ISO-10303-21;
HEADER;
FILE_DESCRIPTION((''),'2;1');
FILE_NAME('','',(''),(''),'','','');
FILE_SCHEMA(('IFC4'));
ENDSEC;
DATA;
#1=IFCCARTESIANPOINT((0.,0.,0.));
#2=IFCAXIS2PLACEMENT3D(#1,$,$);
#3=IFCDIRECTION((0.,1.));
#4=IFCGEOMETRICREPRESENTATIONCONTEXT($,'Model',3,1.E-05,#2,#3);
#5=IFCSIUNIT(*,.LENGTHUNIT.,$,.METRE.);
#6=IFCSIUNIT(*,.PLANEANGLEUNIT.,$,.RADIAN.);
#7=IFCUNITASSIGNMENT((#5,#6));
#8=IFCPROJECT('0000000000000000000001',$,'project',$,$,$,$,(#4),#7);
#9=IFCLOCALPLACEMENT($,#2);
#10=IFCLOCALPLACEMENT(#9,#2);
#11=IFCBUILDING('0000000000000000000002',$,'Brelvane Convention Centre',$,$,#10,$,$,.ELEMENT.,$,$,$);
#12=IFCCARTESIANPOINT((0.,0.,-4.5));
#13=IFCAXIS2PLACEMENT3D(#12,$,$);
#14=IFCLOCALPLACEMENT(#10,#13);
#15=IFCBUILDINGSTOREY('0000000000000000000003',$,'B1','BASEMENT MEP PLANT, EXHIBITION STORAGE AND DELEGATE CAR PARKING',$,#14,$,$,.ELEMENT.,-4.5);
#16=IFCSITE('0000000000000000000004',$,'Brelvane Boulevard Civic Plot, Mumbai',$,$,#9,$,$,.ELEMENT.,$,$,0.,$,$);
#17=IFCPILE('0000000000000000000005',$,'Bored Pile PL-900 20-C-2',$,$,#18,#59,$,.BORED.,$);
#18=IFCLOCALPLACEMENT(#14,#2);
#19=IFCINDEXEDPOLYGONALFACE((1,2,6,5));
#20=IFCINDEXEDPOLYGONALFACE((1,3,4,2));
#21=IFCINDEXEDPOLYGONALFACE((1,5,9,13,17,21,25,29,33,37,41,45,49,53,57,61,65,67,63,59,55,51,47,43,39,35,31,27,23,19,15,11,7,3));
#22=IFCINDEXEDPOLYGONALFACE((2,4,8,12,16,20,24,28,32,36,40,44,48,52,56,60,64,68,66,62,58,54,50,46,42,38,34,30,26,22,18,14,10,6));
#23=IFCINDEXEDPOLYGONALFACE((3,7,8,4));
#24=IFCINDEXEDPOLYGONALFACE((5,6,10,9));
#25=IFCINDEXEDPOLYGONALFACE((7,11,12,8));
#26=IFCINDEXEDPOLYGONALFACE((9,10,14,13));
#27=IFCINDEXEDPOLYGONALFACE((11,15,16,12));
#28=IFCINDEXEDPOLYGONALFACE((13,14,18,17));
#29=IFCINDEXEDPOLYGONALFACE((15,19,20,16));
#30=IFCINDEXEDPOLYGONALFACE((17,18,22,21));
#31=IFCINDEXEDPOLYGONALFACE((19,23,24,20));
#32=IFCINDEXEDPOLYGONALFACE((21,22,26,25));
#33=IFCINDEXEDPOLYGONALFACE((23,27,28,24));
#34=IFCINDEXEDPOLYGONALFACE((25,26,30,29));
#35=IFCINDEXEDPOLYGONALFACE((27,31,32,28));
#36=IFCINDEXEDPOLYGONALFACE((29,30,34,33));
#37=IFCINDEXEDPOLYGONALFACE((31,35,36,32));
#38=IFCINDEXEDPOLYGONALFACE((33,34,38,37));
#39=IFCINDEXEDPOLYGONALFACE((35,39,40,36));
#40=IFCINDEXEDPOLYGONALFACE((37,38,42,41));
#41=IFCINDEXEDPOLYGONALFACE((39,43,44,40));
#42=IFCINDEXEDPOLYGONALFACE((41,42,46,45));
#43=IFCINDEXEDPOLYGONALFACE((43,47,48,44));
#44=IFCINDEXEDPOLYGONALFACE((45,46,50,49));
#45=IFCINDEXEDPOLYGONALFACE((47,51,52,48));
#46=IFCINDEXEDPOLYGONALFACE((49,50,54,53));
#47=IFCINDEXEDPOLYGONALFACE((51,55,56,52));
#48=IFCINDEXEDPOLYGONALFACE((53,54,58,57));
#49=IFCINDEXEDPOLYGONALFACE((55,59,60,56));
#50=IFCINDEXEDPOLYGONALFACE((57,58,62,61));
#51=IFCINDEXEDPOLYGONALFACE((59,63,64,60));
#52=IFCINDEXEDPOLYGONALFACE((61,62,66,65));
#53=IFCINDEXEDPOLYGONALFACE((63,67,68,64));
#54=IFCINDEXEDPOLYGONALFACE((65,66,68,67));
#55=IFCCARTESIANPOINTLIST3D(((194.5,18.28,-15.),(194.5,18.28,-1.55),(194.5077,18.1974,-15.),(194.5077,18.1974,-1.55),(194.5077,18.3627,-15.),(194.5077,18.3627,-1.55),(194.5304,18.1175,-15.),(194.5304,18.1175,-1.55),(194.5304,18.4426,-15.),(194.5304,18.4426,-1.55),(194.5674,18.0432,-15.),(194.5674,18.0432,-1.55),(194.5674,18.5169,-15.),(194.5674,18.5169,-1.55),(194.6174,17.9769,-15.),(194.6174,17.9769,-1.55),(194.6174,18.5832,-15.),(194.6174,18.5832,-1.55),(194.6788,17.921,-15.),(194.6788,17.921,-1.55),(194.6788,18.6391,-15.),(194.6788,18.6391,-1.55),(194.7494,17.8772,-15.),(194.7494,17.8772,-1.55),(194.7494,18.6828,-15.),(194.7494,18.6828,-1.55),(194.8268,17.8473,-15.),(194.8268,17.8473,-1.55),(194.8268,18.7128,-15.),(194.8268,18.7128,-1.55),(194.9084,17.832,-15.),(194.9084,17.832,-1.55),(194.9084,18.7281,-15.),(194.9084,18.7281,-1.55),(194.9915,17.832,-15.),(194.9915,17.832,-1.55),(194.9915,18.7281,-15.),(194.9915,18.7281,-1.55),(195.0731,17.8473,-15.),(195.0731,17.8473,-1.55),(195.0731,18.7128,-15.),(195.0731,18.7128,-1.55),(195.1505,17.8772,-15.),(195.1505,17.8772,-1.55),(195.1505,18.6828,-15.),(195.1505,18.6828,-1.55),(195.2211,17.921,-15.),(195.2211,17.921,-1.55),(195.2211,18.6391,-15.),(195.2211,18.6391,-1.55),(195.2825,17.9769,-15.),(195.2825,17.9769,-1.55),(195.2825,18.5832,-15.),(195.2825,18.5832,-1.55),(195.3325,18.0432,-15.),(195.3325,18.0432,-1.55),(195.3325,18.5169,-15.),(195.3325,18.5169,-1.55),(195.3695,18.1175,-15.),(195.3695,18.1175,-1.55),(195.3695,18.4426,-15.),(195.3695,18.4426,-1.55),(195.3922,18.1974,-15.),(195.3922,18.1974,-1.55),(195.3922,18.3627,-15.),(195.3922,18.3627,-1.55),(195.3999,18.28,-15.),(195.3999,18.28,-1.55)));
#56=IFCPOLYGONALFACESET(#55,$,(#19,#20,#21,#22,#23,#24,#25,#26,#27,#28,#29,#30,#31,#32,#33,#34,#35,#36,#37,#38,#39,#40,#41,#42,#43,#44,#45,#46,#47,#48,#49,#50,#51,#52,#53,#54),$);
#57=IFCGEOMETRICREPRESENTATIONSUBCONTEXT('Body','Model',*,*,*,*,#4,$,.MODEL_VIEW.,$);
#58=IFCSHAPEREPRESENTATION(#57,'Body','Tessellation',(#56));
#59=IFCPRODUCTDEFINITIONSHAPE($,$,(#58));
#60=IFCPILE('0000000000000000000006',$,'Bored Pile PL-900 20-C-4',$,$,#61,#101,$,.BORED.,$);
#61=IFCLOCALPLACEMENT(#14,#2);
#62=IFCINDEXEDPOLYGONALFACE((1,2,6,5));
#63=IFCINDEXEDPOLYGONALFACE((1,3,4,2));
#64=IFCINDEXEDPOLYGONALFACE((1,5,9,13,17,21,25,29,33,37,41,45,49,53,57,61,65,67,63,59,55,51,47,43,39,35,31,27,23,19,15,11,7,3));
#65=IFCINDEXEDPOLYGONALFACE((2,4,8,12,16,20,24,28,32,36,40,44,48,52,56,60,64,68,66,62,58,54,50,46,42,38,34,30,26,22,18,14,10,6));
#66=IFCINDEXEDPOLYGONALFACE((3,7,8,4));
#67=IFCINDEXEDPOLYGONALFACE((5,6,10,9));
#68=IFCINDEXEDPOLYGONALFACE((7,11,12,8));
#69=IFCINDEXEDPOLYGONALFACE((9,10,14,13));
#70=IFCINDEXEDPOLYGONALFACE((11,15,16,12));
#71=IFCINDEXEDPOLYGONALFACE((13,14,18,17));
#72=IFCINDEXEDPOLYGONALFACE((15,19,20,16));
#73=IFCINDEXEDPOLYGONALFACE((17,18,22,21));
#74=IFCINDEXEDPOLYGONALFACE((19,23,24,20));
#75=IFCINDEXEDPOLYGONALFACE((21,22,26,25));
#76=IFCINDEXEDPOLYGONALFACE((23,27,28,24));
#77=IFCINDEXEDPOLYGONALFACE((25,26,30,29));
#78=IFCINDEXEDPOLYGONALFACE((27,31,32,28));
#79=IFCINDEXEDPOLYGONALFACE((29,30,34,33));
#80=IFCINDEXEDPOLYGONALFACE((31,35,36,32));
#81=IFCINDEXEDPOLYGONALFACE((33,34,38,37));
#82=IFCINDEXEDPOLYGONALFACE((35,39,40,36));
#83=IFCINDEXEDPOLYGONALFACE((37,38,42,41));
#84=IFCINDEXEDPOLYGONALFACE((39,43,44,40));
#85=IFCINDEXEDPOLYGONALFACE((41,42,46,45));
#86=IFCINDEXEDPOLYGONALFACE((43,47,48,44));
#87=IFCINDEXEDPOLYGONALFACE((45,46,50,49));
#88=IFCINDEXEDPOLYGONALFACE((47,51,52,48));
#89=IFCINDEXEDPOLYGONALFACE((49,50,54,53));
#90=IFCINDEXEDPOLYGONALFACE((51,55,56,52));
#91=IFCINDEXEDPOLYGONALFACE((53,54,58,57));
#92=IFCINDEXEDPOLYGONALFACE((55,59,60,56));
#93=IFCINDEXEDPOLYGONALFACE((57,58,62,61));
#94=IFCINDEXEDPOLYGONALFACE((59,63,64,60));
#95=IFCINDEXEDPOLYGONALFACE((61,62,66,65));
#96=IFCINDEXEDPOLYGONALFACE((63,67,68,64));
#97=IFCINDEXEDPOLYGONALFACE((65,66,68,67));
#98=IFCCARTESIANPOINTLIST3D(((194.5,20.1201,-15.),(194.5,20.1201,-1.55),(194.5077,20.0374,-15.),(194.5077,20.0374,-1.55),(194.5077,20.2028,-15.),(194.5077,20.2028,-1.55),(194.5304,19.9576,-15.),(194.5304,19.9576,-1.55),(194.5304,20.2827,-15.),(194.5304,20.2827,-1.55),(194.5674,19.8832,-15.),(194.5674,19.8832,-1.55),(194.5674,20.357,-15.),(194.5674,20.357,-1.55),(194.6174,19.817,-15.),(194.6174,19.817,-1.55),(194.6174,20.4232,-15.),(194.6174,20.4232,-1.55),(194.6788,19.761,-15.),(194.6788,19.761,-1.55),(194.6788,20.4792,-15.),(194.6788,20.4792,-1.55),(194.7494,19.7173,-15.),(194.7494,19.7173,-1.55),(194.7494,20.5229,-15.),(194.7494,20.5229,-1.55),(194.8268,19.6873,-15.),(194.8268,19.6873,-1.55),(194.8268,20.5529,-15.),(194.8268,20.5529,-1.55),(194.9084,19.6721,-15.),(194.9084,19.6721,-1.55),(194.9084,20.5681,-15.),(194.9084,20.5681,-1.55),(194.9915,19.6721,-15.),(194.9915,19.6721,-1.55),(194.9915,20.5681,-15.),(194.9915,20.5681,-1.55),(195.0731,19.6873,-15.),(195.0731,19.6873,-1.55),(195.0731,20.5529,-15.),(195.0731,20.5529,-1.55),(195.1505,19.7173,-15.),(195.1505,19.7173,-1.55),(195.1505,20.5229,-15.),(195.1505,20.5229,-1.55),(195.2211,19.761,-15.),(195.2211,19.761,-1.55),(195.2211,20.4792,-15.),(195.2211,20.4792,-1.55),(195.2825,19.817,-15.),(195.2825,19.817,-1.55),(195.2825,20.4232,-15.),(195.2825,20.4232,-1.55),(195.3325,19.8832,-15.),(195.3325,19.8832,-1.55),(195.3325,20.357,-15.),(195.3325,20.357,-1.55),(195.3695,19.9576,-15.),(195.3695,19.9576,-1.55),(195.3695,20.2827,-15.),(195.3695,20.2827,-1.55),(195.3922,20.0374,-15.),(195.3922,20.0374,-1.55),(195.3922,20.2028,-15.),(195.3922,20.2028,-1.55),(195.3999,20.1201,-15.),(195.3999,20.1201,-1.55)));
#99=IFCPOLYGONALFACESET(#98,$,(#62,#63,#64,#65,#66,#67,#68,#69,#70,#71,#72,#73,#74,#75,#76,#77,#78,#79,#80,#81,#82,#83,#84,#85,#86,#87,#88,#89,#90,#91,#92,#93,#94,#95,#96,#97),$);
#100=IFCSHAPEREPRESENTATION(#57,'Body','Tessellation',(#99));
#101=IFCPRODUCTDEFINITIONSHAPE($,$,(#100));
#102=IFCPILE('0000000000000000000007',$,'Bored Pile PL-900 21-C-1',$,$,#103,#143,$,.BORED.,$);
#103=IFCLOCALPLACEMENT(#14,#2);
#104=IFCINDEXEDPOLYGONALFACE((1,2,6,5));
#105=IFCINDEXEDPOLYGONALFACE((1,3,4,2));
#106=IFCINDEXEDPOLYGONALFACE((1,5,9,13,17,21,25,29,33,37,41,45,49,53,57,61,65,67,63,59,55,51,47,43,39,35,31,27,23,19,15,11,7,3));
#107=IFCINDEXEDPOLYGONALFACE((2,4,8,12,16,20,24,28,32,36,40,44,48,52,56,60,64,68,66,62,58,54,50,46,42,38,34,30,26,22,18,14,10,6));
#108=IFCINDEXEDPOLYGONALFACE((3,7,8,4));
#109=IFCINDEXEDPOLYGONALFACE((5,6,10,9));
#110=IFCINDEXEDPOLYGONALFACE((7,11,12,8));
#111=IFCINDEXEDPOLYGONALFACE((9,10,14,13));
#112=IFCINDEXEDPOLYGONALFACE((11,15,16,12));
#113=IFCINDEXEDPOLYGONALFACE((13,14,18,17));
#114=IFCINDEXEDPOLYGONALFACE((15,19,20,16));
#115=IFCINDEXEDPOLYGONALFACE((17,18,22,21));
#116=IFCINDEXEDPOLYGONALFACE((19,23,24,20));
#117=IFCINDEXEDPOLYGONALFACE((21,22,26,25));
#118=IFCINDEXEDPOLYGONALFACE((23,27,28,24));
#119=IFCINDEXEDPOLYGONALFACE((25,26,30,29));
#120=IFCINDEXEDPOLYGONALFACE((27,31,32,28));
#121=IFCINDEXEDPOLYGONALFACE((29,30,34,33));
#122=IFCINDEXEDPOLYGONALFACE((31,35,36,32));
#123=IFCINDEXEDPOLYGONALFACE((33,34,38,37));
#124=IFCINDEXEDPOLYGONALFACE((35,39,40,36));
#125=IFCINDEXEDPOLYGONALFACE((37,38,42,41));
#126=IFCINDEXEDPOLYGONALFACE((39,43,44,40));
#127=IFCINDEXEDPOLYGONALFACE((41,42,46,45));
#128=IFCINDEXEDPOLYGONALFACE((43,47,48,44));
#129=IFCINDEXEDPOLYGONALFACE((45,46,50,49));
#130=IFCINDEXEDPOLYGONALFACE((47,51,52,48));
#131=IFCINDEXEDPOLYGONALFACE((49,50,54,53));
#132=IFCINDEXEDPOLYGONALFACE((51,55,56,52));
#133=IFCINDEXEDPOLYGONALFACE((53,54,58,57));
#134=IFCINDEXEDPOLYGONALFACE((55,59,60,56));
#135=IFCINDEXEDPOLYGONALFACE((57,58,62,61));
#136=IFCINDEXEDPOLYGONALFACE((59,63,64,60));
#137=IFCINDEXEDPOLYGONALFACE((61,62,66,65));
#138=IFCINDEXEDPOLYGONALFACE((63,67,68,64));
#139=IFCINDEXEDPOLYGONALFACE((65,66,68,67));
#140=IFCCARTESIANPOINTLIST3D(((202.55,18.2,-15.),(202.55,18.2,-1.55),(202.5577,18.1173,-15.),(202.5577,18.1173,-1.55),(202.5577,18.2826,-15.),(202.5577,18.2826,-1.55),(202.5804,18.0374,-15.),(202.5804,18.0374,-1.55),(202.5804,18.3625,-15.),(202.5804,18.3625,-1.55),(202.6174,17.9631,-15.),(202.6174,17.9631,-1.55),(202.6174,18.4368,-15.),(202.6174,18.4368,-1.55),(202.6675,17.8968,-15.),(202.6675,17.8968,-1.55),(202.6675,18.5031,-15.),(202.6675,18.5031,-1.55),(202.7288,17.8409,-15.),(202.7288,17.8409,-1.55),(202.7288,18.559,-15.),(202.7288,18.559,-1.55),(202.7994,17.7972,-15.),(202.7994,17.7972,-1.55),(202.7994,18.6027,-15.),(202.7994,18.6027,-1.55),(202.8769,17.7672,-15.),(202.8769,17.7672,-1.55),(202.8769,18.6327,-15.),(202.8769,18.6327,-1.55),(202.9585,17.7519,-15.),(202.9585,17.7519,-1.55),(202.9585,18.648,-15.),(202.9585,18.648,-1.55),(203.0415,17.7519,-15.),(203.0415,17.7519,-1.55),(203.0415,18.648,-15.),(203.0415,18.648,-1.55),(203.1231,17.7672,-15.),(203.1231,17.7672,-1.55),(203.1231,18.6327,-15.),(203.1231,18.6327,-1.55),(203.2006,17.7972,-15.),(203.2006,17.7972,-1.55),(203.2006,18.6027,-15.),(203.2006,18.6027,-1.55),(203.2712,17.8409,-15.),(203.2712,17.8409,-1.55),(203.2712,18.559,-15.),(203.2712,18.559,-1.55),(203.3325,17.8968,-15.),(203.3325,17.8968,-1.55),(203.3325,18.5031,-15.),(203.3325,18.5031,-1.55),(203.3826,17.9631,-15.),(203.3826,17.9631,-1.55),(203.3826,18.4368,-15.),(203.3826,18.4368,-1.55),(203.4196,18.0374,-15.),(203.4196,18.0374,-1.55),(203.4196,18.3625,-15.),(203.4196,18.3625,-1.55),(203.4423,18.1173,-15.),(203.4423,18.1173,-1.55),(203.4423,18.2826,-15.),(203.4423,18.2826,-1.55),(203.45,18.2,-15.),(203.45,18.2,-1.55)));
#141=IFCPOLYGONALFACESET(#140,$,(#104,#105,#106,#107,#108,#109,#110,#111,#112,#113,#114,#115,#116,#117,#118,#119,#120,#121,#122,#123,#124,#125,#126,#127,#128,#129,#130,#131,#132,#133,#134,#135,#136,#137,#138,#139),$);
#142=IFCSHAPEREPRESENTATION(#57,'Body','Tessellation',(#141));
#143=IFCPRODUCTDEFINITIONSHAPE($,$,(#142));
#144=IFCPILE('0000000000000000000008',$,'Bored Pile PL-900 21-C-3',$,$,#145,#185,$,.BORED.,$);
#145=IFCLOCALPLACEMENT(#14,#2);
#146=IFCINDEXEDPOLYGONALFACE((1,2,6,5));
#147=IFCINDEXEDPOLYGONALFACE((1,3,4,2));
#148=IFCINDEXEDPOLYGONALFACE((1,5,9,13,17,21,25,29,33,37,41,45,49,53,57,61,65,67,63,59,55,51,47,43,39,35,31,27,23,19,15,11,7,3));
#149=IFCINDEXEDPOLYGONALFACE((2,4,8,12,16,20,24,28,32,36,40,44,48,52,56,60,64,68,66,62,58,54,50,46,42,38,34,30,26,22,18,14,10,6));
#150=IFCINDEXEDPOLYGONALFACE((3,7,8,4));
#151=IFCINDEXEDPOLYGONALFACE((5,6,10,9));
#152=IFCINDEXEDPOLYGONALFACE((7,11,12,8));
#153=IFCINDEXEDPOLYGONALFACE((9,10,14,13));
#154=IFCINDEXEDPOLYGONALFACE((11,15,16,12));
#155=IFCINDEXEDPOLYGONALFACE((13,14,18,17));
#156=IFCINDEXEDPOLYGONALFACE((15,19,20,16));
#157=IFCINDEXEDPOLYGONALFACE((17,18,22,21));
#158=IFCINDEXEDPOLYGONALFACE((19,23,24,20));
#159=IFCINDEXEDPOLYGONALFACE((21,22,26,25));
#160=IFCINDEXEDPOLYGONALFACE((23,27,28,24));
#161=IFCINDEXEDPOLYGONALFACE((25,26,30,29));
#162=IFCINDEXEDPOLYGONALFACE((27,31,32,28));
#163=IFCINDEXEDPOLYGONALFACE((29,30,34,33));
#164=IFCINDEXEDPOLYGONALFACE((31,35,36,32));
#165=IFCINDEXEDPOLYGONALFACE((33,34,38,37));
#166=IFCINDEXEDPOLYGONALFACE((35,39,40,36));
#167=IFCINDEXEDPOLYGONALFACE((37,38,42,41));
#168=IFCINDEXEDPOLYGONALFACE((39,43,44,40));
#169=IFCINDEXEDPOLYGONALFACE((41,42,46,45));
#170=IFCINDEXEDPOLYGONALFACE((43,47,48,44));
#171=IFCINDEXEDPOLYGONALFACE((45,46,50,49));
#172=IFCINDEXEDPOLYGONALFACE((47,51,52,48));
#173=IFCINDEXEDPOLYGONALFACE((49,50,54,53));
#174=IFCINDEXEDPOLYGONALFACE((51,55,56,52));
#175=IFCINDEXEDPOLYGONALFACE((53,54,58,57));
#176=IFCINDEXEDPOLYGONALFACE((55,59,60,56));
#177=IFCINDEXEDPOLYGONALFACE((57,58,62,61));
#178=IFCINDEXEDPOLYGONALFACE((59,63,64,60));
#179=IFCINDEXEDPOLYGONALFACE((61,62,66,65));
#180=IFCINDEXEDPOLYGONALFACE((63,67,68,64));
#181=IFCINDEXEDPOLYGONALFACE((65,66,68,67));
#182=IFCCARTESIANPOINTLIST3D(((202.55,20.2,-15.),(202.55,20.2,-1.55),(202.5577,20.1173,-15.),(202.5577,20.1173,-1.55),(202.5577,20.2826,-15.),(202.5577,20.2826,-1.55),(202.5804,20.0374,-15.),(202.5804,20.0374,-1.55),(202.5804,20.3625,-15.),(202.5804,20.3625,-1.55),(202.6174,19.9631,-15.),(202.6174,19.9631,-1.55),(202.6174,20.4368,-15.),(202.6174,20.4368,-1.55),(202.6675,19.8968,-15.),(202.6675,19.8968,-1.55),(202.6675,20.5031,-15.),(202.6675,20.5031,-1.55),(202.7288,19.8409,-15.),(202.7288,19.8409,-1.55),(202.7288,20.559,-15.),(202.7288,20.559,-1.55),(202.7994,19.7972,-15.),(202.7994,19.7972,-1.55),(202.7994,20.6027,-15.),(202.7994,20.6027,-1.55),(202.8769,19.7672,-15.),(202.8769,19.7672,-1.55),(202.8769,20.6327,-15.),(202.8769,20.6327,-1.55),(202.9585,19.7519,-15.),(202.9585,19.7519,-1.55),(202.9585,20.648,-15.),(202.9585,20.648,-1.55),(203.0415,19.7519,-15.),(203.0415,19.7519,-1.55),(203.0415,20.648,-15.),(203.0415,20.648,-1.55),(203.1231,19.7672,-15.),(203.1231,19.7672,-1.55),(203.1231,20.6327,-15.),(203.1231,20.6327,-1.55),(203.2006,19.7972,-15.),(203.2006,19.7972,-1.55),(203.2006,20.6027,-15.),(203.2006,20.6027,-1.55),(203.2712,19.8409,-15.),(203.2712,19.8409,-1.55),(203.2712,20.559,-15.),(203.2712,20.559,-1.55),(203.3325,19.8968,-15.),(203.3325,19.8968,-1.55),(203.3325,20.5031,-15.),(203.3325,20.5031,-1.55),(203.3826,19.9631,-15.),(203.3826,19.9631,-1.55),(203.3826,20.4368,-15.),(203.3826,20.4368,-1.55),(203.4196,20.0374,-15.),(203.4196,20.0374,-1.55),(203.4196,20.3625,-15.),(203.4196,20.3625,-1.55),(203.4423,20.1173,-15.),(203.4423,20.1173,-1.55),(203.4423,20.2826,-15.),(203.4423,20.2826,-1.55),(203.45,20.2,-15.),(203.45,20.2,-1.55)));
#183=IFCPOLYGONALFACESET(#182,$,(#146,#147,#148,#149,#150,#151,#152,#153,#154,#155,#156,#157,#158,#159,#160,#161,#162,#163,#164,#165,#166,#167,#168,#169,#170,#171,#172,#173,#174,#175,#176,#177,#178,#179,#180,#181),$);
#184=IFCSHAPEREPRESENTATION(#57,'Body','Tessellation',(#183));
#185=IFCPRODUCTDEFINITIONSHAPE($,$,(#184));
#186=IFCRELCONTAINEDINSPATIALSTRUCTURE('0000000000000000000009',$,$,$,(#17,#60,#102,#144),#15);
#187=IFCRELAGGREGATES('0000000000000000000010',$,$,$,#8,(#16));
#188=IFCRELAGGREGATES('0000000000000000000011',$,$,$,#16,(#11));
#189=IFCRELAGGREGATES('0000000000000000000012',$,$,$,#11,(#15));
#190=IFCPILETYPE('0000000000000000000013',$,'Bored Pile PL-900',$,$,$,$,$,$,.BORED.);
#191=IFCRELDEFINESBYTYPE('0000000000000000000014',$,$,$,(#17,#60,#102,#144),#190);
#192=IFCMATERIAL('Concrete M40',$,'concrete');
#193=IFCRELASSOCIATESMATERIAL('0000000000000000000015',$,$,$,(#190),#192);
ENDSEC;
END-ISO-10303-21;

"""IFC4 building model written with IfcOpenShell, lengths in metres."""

from ifc_helpers import new_model, si_unit, direction, frame, origin, origin_2d, place, context, subcontext, project, spatial, circle, extrude, material, material_profile, profile_set, type_object, element, save


model = new_model("IFC4")

# Units and contexts
model_context = context("Model", 3, precision=1e-05, world=origin(), true_north=direction((0.0, 1.0)))
body_context = subcontext(model_context, "Body", "Model", "MODEL_VIEW")
ifc_project = project(units=[si_unit("LENGTHUNIT", "METRE"), si_unit("PLANEANGLEUNIT", "RADIAN")], contexts=[model_context])

# Site, building, storey
site_placement = place(None, origin())
site = spatial("IfcSite", under=ifc_project, at=site_placement, Name="Brelvane Boulevard Civic Plot, Mumbai", CompositionType="ELEMENT", RefElevation=0.0)
building_placement = place(site_placement, origin())
building = spatial("IfcBuilding", under=site, at=building_placement, Name="Brelvane Convention Centre", CompositionType="ELEMENT")
storey_placement = place(building_placement, frame((0.0, 0.0, -4.5)))
storey = spatial("IfcBuildingStorey", under=building, at=storey_placement, Name="B1", Description="BASEMENT MEP PLANT, EXHIBITION STORAGE AND DELEGATE CAR PARKING", CompositionType="ELEMENT", Elevation=-4.5)

# Piles
ifc_material_1 = material(Name="Concrete M40", Category="concrete")
ifc_material_profile_1 = material_profile(ifc_material_1, circle(Radius=0.45, at=origin_2d()), Name="PILE D900")
ifc_profile_set_1 = profile_set([ifc_material_profile_1], Name="Concrete M40")
pile_type = type_object("IfcPileType", Name="Bored Pile PL-900", PredefinedType="BORED", material=ifc_profile_set_1)
for number, where, z_axis, x_axis, name in (
    (1, (194.95, 18.28, -1.55), (0.0, 0.0, -1.0), (1.0, 0.0, 0.0), "Bored Pile PL-900 20-C-2"),
    (2, (194.95, 20.1201, -1.55), (0.0, 0.0, -1.0), (1.0, 0.0, 0.0), "Bored Pile PL-900 20-C-4"),
    (3, (203.0, 18.2, -1.55), (0.0, 0.0, -1.0), (1.0, 0.0, 0.0), "Bored Pile PL-900 21-C-1"),
    (4, (203.0, 20.2, -1.55), (0.0, 0.0, -1.0), (1.0, 0.0, 0.0), "Bored Pile PL-900 21-C-3"),
):
    element("IfcPile", number, at=place(storey_placement, frame(where, z_axis=z_axis, x_axis=x_axis)), inside=storey, type_object=pile_type, Name=name, PredefinedType="BORED", context=body_context, shape_type="SweptSolid", body=[
        extrude(circle(Radius=0.45, at=origin_2d()), origin(), (0.0, 0.0, 1.0), 13.45),
    ])

save(model, "model.ifc")
